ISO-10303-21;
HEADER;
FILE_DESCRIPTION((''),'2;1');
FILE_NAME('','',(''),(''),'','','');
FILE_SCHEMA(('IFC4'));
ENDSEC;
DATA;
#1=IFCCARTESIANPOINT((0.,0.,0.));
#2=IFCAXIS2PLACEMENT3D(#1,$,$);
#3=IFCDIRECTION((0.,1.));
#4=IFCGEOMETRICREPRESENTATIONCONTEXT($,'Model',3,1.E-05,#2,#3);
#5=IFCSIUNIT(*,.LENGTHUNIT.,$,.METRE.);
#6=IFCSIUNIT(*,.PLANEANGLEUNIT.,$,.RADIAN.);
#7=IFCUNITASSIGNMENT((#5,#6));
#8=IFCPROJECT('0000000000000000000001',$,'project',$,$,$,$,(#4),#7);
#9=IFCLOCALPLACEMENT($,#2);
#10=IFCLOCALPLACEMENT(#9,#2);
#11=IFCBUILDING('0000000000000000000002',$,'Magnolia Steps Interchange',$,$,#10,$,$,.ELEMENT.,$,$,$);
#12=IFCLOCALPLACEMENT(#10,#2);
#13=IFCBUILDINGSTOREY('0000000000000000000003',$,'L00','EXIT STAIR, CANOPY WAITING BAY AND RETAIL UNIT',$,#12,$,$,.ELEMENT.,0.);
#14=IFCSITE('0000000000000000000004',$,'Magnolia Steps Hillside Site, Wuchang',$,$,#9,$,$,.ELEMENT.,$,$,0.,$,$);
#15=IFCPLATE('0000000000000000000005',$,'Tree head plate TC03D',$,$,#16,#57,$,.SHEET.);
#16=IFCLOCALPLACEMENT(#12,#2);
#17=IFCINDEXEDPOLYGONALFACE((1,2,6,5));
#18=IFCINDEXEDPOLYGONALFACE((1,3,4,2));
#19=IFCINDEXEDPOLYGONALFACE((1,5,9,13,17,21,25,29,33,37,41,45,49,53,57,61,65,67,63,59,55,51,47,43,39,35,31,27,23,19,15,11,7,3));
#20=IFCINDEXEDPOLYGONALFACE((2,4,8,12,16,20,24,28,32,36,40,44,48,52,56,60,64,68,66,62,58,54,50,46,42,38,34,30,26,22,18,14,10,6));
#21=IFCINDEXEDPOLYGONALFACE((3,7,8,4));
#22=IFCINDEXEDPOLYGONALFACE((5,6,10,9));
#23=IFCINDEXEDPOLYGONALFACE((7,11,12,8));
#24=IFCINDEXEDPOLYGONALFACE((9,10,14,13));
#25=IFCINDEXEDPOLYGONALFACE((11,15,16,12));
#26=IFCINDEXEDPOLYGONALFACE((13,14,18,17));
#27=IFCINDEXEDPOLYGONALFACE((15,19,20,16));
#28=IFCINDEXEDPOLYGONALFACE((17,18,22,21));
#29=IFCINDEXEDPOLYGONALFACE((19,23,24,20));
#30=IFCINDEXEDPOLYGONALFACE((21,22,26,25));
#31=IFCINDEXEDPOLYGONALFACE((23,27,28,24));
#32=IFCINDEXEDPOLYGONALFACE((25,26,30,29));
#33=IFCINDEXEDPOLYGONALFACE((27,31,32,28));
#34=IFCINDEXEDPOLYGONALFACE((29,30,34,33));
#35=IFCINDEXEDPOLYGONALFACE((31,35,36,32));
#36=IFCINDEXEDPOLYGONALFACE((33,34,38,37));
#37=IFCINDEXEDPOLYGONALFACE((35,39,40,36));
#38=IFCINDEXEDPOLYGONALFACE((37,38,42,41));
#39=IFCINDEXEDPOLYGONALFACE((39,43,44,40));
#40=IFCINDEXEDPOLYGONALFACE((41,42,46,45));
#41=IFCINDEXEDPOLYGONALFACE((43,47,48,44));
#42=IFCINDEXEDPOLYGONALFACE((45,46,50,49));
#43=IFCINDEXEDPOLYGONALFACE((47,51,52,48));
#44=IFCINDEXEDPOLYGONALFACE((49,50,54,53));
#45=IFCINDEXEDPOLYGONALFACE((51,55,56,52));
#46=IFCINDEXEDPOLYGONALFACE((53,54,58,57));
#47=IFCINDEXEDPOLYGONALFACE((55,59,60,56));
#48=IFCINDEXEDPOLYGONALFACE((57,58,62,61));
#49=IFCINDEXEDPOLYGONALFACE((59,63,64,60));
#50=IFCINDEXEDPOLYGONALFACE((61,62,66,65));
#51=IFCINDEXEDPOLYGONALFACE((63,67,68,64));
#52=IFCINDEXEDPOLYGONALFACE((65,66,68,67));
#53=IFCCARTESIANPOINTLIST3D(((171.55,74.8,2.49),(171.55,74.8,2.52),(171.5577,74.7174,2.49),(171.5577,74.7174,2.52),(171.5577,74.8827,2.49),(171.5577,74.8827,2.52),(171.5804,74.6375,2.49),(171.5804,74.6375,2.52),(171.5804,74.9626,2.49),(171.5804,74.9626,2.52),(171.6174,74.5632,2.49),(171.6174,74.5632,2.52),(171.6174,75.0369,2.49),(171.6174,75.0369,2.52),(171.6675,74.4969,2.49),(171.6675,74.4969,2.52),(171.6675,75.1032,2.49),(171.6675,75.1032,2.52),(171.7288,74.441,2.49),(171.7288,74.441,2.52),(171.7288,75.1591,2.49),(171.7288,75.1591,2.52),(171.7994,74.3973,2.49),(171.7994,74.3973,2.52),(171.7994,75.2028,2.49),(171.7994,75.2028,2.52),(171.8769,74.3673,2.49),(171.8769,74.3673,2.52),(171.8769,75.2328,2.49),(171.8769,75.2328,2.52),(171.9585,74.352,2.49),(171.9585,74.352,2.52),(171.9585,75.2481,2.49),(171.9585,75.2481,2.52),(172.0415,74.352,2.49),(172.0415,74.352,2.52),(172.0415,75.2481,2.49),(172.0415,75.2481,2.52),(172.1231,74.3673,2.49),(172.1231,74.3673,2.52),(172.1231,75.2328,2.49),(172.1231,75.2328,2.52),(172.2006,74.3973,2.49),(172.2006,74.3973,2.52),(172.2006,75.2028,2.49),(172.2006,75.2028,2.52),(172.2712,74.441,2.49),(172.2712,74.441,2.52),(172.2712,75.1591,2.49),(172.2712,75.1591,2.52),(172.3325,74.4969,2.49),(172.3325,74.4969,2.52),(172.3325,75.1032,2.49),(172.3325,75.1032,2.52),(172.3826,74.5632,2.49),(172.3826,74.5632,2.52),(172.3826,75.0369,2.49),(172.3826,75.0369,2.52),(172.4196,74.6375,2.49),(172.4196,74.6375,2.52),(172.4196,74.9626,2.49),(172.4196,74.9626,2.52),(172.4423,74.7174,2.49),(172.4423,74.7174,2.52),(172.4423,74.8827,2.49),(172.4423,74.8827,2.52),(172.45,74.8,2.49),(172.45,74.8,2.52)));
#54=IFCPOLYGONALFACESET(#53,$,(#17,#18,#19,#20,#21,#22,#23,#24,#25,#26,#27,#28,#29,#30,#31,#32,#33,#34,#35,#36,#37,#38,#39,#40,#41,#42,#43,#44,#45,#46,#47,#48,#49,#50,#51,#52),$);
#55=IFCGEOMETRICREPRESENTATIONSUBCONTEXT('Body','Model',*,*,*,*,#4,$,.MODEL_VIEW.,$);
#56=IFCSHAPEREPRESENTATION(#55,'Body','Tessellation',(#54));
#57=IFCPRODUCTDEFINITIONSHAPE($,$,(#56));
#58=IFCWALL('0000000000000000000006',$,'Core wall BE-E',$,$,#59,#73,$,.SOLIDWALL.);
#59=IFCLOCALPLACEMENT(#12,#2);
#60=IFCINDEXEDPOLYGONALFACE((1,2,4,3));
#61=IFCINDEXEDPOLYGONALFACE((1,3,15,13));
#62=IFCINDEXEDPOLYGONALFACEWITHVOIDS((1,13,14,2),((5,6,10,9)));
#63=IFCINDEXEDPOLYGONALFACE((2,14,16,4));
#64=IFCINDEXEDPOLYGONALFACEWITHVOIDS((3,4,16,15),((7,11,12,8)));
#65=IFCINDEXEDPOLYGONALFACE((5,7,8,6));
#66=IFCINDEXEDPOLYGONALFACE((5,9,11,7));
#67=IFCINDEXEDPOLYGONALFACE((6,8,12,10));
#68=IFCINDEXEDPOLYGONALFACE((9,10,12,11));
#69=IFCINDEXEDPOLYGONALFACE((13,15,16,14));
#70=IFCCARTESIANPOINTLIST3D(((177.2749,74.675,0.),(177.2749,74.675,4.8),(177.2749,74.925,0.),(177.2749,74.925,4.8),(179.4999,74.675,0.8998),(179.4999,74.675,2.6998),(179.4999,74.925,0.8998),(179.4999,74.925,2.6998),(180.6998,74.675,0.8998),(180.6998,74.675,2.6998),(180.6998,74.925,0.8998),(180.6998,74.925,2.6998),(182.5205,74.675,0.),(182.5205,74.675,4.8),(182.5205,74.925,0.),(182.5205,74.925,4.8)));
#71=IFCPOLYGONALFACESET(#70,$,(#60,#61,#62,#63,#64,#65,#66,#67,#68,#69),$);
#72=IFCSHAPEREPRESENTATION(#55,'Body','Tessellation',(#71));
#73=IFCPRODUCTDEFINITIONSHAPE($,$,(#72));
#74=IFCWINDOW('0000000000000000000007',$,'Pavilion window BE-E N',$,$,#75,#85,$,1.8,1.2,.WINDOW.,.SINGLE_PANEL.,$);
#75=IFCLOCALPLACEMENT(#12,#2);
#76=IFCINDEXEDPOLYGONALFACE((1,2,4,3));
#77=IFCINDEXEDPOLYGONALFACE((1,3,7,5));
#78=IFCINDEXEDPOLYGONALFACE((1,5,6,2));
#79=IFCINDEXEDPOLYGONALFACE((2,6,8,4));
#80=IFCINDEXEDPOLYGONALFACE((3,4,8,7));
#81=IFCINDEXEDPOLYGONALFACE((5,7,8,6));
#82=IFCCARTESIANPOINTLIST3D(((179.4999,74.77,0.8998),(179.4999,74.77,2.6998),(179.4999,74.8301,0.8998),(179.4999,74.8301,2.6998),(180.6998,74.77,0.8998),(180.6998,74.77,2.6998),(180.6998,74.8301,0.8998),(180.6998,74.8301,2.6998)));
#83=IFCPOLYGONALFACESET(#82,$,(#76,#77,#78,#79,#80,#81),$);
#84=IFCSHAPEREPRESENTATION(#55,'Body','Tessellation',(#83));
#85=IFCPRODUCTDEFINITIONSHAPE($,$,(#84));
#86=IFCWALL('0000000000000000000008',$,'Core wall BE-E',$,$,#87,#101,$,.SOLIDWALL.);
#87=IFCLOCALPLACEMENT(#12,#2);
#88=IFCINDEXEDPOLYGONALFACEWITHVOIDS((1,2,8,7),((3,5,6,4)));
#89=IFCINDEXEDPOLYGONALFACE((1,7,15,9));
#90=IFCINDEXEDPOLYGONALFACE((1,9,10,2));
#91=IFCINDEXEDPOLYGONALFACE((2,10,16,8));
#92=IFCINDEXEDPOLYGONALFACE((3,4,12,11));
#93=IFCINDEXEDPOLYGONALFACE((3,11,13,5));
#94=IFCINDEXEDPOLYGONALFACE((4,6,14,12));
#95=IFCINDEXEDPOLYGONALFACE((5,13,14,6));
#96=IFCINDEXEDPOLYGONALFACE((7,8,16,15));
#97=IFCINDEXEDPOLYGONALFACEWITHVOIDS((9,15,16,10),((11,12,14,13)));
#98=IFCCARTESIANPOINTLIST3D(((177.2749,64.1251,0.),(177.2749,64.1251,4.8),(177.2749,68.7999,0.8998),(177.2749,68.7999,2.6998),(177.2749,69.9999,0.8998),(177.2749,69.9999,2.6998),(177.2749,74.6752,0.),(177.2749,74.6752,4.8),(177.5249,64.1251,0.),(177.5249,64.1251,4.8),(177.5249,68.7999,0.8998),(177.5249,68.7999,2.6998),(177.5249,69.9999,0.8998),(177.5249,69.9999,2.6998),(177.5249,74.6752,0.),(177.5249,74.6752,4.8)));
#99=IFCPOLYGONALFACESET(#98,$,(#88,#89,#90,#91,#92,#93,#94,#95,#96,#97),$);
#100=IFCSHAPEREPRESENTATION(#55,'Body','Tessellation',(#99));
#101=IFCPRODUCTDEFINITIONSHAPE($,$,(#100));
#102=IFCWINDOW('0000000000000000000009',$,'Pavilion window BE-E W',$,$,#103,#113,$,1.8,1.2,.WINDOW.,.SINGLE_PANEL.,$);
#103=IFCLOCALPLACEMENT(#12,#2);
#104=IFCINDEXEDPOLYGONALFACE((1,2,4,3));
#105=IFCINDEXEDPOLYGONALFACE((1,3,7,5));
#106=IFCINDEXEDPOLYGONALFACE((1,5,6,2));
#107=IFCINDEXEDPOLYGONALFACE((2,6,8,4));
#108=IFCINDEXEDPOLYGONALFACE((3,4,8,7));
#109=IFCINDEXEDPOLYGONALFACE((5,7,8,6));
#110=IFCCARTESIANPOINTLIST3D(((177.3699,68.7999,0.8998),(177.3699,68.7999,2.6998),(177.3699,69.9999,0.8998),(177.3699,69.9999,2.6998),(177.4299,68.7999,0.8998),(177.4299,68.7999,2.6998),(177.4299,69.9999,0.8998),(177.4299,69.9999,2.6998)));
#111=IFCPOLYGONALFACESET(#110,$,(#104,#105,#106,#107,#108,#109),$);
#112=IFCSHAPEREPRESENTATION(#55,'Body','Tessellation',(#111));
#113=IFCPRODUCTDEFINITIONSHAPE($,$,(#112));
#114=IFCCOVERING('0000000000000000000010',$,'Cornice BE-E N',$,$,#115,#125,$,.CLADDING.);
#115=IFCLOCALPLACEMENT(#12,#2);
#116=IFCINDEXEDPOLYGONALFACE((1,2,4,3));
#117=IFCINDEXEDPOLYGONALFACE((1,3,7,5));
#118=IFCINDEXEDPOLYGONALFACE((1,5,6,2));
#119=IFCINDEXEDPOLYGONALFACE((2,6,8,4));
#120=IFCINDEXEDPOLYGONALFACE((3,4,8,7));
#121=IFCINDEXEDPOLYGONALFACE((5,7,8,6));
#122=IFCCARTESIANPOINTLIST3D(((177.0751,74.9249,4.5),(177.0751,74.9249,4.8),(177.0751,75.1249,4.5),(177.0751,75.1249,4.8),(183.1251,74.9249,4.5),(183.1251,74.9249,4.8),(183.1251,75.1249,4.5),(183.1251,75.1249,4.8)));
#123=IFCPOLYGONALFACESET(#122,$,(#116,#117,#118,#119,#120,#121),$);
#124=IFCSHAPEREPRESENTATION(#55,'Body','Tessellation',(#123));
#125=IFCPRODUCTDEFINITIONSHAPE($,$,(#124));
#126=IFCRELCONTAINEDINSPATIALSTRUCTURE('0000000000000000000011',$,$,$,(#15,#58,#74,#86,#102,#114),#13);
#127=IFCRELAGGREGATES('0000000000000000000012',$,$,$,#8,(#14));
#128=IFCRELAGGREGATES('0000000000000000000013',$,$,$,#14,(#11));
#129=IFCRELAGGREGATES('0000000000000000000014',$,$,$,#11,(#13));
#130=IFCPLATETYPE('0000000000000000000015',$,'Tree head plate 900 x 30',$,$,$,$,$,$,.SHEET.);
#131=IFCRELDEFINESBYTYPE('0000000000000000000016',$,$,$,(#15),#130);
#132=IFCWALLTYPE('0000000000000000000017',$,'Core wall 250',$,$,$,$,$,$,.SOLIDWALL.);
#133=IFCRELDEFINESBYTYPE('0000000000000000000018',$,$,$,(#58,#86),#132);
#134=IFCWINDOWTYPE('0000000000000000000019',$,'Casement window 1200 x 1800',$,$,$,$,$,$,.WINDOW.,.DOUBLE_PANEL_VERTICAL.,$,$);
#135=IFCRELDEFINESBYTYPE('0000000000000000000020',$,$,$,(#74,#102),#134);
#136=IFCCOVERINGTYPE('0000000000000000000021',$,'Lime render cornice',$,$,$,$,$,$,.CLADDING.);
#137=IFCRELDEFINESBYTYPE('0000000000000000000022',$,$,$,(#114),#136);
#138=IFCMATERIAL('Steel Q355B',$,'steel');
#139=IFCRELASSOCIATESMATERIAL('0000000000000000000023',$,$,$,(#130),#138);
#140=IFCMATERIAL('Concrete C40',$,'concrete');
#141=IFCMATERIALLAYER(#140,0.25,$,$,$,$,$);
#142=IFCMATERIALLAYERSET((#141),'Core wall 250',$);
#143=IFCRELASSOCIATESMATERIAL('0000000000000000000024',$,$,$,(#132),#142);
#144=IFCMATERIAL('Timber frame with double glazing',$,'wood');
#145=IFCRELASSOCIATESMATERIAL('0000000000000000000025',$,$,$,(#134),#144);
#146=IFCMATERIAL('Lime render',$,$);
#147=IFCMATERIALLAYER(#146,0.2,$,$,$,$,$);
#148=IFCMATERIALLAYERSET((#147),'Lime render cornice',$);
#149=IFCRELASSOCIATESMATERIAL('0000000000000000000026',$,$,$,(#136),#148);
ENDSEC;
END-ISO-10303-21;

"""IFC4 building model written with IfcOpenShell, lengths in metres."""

from ifc_helpers import new_model, si_unit, direction, frame, frame_2d, origin, origin_2d, place, context, subcontext, project, spatial, rectangle, circle, extrude, material, layer, layer_set, material_profile, profile_set, type_object, element, fill, save


model = new_model("IFC4")

# Units and contexts
model_context = context("Model", 3, precision=1e-05, world=origin(), true_north=direction((0.0, 1.0)))
body_context = subcontext(model_context, "Body", "Model", "MODEL_VIEW")
ifc_project = project(units=[si_unit("LENGTHUNIT", "METRE"), si_unit("PLANEANGLEUNIT", "RADIAN")], contexts=[model_context])

# Site, building, storey
site_placement = place(None, origin())
site = spatial("IfcSite", under=ifc_project, at=site_placement, Name="Magnolia Steps Hillside Site, Wuchang", CompositionType="ELEMENT", RefElevation=0.0)
building_placement = place(site_placement, origin())
building = spatial("IfcBuilding", under=site, at=building_placement, Name="Magnolia Steps Interchange", CompositionType="ELEMENT")
storey_placement = place(building_placement, origin())
storey = spatial("IfcBuildingStorey", under=building, at=storey_placement, Name="L00", Description="EXIT STAIR, CANOPY WAITING BAY AND RETAIL UNIT", CompositionType="ELEMENT", Elevation=0.0)

# Plate
ifc_material_1 = material(Name="Steel Q355B", Category="steel")
ifc_material_profile_1 = material_profile(ifc_material_1, circle(Radius=0.45, at=origin_2d()), Name="Tree head plate 900 x 30")
ifc_profile_set_1 = profile_set([ifc_material_profile_1], Name="Steel Q355B")
plate_type = type_object("IfcPlateType", Name="Tree head plate 900 x 30", PredefinedType="SHEET", material=ifc_profile_set_1)
plate_placement = place(storey_placement, frame((172.0, 74.8, 2.49), z_axis=(0.0, 0.0, 1.0), x_axis=(1.0, 0.0, 0.0)))
element("IfcPlate", 1, at=plate_placement, inside=storey, type_object=plate_type, Name="Tree head plate TC03D", PredefinedType="SHEET", context=body_context, shape_type="SweptSolid", body=[
    extrude(circle(Radius=0.45, at=origin_2d()), origin(), (0.0, 0.0, 1.0), 0.03),
])

# Walls, openings, windows
ifc_material_2 = material(Name="Concrete C40", Category="concrete")
ifc_layer_1 = layer(ifc_material_2, 0.25)
ifc_layer_set_1 = layer_set([ifc_layer_1], Name="Core wall 250")
wall_type = type_object("IfcWallType", Name="Core wall 250", PredefinedType="SOLIDWALL", material=ifc_layer_set_1)
wall_1_placement = place(storey_placement, frame((182.5205, 74.8, 0.0), z_axis=(0.0, 0.0, 1.0), x_axis=(-1.0, 0.0, 0.0)))
wall_1 = element("IfcWall", 2, at=wall_1_placement, inside=storey, type_object=wall_type, Name="Core wall BE-E", PredefinedType="SOLIDWALL", context=body_context, shape_type="SweptSolid", body=[
    extrude(rectangle(XDim=5.2456, YDim=0.25, at=frame_2d((2.6228, 0.0))), origin(), (0.0, 0.0, 1.0), 4.8),
])
opening_1_placement = place(wall_1_placement, frame((1.8206, 0.0, 0.8999)))
opening_1 = element("IfcOpeningElement", 3, at=opening_1_placement, cuts=wall_1, PredefinedType="OPENING", context=body_context, shape_type="SweptSolid", body=[
    extrude(rectangle(XDim=1.2, YDim=1.8, at=frame_2d((0.6001, 0.8999))), frame((0.0, 0.135, 0.0), z_axis=(0.0, -1.0, 0.0), x_axis=(1.0, 0.0, 0.0)), (0.0, 0.0, 1.0), 0.27),
])
ifc_material_3 = material(Name="Timber frame with double glazing", Category="wood")
window_type = type_object("IfcWindowType", Name="Casement window 1200 x 1800", PartitioningType="DOUBLE_PANEL_VERTICAL", PredefinedType="WINDOW", material=ifc_material_3)
window_1_placement = place(opening_1_placement, origin())
window_1 = element("IfcWindow", 4, at=window_1_placement, inside=storey, type_object=window_type, Name="Pavilion window BE-E N", OverallHeight=1.8, OverallWidth=1.2, PartitioningType="SINGLE_PANEL", PredefinedType="WINDOW", context=body_context, shape_type="SweptSolid", body=[
    extrude(rectangle(XDim=1.2, YDim=1.8, at=frame_2d((0.6001, 0.8999))), frame((0.0, 0.03, 0.0), z_axis=(0.0, -1.0, 0.0), x_axis=(1.0, 0.0, 0.0)), (0.0, 0.0, 1.0), 0.0601),
])
fill(opening_1, window_1)
wall_2_placement = place(storey_placement, frame((177.3999, 74.675, 0.0), z_axis=(0.0, 0.0, 1.0), x_axis=(0.0, -1.0, 0.0)))
wall_2 = element("IfcWall", 5, at=wall_2_placement, inside=storey, type_object=wall_type, Name="Core wall BE-E", PredefinedType="SOLIDWALL", context=body_context, shape_type="SweptSolid", body=[
    extrude(rectangle(XDim=10.55, YDim=0.25, at=frame_2d((5.2749, 0.0))), origin(), (0.0, 0.0, 1.0), 4.8),
])
opening_2_placement = place(wall_2_placement, frame((4.675, 0.0, 0.8999)))
opening_2 = element("IfcOpeningElement", 6, at=opening_2_placement, cuts=wall_2, PredefinedType="OPENING", context=body_context, shape_type="SweptSolid", body=[
    extrude(rectangle(XDim=1.2, YDim=1.8, at=frame_2d((0.6001, 0.8999))), frame((0.0, 0.135, 0.0), z_axis=(0.0, -1.0, 0.0), x_axis=(1.0, 0.0, 0.0)), (0.0, 0.0, 1.0), 0.27),
])
window_2_placement = place(opening_2_placement, origin())
window_2 = element("IfcWindow", 7, at=window_2_placement, inside=storey, type_object=window_type, Name="Pavilion window BE-E W", OverallHeight=1.8, OverallWidth=1.2, PartitioningType="SINGLE_PANEL", PredefinedType="WINDOW", context=body_context, shape_type="SweptSolid", body=[
    extrude(rectangle(XDim=1.2, YDim=1.8, at=frame_2d((0.6001, 0.8999))), frame((0.0, 0.03, 0.0), z_axis=(0.0, -1.0, 0.0), x_axis=(1.0, 0.0, 0.0)), (0.0, 0.0, 1.0), 0.0601),
])
fill(opening_2, window_2)

# Covering
ifc_material_4 = material(Name="Lime render")
ifc_layer_2 = layer(ifc_material_4, 0.2)
ifc_layer_set_2 = layer_set([ifc_layer_2], Name="Lime render cornice")
covering_type = type_object("IfcCoveringType", Name="Lime render cornice", PredefinedType="CLADDING", material=ifc_layer_set_2)
covering_placement = place(storey_placement, frame((180.1001, 75.0249, 4.5), z_axis=(0.0, 0.0, 1.0), x_axis=(1.0, 0.0, 0.0)))
element("IfcCovering", 8, at=covering_placement, inside=storey, type_object=covering_type, Name="Cornice BE-E N", PredefinedType="CLADDING", context=body_context, shape_type="SweptSolid", body=[
    extrude(rectangle(XDim=6.05, YDim=0.2, at=origin_2d()), origin(), (0.0, 0.0, 1.0), 0.3),
])

save(model, "model.ifc")
